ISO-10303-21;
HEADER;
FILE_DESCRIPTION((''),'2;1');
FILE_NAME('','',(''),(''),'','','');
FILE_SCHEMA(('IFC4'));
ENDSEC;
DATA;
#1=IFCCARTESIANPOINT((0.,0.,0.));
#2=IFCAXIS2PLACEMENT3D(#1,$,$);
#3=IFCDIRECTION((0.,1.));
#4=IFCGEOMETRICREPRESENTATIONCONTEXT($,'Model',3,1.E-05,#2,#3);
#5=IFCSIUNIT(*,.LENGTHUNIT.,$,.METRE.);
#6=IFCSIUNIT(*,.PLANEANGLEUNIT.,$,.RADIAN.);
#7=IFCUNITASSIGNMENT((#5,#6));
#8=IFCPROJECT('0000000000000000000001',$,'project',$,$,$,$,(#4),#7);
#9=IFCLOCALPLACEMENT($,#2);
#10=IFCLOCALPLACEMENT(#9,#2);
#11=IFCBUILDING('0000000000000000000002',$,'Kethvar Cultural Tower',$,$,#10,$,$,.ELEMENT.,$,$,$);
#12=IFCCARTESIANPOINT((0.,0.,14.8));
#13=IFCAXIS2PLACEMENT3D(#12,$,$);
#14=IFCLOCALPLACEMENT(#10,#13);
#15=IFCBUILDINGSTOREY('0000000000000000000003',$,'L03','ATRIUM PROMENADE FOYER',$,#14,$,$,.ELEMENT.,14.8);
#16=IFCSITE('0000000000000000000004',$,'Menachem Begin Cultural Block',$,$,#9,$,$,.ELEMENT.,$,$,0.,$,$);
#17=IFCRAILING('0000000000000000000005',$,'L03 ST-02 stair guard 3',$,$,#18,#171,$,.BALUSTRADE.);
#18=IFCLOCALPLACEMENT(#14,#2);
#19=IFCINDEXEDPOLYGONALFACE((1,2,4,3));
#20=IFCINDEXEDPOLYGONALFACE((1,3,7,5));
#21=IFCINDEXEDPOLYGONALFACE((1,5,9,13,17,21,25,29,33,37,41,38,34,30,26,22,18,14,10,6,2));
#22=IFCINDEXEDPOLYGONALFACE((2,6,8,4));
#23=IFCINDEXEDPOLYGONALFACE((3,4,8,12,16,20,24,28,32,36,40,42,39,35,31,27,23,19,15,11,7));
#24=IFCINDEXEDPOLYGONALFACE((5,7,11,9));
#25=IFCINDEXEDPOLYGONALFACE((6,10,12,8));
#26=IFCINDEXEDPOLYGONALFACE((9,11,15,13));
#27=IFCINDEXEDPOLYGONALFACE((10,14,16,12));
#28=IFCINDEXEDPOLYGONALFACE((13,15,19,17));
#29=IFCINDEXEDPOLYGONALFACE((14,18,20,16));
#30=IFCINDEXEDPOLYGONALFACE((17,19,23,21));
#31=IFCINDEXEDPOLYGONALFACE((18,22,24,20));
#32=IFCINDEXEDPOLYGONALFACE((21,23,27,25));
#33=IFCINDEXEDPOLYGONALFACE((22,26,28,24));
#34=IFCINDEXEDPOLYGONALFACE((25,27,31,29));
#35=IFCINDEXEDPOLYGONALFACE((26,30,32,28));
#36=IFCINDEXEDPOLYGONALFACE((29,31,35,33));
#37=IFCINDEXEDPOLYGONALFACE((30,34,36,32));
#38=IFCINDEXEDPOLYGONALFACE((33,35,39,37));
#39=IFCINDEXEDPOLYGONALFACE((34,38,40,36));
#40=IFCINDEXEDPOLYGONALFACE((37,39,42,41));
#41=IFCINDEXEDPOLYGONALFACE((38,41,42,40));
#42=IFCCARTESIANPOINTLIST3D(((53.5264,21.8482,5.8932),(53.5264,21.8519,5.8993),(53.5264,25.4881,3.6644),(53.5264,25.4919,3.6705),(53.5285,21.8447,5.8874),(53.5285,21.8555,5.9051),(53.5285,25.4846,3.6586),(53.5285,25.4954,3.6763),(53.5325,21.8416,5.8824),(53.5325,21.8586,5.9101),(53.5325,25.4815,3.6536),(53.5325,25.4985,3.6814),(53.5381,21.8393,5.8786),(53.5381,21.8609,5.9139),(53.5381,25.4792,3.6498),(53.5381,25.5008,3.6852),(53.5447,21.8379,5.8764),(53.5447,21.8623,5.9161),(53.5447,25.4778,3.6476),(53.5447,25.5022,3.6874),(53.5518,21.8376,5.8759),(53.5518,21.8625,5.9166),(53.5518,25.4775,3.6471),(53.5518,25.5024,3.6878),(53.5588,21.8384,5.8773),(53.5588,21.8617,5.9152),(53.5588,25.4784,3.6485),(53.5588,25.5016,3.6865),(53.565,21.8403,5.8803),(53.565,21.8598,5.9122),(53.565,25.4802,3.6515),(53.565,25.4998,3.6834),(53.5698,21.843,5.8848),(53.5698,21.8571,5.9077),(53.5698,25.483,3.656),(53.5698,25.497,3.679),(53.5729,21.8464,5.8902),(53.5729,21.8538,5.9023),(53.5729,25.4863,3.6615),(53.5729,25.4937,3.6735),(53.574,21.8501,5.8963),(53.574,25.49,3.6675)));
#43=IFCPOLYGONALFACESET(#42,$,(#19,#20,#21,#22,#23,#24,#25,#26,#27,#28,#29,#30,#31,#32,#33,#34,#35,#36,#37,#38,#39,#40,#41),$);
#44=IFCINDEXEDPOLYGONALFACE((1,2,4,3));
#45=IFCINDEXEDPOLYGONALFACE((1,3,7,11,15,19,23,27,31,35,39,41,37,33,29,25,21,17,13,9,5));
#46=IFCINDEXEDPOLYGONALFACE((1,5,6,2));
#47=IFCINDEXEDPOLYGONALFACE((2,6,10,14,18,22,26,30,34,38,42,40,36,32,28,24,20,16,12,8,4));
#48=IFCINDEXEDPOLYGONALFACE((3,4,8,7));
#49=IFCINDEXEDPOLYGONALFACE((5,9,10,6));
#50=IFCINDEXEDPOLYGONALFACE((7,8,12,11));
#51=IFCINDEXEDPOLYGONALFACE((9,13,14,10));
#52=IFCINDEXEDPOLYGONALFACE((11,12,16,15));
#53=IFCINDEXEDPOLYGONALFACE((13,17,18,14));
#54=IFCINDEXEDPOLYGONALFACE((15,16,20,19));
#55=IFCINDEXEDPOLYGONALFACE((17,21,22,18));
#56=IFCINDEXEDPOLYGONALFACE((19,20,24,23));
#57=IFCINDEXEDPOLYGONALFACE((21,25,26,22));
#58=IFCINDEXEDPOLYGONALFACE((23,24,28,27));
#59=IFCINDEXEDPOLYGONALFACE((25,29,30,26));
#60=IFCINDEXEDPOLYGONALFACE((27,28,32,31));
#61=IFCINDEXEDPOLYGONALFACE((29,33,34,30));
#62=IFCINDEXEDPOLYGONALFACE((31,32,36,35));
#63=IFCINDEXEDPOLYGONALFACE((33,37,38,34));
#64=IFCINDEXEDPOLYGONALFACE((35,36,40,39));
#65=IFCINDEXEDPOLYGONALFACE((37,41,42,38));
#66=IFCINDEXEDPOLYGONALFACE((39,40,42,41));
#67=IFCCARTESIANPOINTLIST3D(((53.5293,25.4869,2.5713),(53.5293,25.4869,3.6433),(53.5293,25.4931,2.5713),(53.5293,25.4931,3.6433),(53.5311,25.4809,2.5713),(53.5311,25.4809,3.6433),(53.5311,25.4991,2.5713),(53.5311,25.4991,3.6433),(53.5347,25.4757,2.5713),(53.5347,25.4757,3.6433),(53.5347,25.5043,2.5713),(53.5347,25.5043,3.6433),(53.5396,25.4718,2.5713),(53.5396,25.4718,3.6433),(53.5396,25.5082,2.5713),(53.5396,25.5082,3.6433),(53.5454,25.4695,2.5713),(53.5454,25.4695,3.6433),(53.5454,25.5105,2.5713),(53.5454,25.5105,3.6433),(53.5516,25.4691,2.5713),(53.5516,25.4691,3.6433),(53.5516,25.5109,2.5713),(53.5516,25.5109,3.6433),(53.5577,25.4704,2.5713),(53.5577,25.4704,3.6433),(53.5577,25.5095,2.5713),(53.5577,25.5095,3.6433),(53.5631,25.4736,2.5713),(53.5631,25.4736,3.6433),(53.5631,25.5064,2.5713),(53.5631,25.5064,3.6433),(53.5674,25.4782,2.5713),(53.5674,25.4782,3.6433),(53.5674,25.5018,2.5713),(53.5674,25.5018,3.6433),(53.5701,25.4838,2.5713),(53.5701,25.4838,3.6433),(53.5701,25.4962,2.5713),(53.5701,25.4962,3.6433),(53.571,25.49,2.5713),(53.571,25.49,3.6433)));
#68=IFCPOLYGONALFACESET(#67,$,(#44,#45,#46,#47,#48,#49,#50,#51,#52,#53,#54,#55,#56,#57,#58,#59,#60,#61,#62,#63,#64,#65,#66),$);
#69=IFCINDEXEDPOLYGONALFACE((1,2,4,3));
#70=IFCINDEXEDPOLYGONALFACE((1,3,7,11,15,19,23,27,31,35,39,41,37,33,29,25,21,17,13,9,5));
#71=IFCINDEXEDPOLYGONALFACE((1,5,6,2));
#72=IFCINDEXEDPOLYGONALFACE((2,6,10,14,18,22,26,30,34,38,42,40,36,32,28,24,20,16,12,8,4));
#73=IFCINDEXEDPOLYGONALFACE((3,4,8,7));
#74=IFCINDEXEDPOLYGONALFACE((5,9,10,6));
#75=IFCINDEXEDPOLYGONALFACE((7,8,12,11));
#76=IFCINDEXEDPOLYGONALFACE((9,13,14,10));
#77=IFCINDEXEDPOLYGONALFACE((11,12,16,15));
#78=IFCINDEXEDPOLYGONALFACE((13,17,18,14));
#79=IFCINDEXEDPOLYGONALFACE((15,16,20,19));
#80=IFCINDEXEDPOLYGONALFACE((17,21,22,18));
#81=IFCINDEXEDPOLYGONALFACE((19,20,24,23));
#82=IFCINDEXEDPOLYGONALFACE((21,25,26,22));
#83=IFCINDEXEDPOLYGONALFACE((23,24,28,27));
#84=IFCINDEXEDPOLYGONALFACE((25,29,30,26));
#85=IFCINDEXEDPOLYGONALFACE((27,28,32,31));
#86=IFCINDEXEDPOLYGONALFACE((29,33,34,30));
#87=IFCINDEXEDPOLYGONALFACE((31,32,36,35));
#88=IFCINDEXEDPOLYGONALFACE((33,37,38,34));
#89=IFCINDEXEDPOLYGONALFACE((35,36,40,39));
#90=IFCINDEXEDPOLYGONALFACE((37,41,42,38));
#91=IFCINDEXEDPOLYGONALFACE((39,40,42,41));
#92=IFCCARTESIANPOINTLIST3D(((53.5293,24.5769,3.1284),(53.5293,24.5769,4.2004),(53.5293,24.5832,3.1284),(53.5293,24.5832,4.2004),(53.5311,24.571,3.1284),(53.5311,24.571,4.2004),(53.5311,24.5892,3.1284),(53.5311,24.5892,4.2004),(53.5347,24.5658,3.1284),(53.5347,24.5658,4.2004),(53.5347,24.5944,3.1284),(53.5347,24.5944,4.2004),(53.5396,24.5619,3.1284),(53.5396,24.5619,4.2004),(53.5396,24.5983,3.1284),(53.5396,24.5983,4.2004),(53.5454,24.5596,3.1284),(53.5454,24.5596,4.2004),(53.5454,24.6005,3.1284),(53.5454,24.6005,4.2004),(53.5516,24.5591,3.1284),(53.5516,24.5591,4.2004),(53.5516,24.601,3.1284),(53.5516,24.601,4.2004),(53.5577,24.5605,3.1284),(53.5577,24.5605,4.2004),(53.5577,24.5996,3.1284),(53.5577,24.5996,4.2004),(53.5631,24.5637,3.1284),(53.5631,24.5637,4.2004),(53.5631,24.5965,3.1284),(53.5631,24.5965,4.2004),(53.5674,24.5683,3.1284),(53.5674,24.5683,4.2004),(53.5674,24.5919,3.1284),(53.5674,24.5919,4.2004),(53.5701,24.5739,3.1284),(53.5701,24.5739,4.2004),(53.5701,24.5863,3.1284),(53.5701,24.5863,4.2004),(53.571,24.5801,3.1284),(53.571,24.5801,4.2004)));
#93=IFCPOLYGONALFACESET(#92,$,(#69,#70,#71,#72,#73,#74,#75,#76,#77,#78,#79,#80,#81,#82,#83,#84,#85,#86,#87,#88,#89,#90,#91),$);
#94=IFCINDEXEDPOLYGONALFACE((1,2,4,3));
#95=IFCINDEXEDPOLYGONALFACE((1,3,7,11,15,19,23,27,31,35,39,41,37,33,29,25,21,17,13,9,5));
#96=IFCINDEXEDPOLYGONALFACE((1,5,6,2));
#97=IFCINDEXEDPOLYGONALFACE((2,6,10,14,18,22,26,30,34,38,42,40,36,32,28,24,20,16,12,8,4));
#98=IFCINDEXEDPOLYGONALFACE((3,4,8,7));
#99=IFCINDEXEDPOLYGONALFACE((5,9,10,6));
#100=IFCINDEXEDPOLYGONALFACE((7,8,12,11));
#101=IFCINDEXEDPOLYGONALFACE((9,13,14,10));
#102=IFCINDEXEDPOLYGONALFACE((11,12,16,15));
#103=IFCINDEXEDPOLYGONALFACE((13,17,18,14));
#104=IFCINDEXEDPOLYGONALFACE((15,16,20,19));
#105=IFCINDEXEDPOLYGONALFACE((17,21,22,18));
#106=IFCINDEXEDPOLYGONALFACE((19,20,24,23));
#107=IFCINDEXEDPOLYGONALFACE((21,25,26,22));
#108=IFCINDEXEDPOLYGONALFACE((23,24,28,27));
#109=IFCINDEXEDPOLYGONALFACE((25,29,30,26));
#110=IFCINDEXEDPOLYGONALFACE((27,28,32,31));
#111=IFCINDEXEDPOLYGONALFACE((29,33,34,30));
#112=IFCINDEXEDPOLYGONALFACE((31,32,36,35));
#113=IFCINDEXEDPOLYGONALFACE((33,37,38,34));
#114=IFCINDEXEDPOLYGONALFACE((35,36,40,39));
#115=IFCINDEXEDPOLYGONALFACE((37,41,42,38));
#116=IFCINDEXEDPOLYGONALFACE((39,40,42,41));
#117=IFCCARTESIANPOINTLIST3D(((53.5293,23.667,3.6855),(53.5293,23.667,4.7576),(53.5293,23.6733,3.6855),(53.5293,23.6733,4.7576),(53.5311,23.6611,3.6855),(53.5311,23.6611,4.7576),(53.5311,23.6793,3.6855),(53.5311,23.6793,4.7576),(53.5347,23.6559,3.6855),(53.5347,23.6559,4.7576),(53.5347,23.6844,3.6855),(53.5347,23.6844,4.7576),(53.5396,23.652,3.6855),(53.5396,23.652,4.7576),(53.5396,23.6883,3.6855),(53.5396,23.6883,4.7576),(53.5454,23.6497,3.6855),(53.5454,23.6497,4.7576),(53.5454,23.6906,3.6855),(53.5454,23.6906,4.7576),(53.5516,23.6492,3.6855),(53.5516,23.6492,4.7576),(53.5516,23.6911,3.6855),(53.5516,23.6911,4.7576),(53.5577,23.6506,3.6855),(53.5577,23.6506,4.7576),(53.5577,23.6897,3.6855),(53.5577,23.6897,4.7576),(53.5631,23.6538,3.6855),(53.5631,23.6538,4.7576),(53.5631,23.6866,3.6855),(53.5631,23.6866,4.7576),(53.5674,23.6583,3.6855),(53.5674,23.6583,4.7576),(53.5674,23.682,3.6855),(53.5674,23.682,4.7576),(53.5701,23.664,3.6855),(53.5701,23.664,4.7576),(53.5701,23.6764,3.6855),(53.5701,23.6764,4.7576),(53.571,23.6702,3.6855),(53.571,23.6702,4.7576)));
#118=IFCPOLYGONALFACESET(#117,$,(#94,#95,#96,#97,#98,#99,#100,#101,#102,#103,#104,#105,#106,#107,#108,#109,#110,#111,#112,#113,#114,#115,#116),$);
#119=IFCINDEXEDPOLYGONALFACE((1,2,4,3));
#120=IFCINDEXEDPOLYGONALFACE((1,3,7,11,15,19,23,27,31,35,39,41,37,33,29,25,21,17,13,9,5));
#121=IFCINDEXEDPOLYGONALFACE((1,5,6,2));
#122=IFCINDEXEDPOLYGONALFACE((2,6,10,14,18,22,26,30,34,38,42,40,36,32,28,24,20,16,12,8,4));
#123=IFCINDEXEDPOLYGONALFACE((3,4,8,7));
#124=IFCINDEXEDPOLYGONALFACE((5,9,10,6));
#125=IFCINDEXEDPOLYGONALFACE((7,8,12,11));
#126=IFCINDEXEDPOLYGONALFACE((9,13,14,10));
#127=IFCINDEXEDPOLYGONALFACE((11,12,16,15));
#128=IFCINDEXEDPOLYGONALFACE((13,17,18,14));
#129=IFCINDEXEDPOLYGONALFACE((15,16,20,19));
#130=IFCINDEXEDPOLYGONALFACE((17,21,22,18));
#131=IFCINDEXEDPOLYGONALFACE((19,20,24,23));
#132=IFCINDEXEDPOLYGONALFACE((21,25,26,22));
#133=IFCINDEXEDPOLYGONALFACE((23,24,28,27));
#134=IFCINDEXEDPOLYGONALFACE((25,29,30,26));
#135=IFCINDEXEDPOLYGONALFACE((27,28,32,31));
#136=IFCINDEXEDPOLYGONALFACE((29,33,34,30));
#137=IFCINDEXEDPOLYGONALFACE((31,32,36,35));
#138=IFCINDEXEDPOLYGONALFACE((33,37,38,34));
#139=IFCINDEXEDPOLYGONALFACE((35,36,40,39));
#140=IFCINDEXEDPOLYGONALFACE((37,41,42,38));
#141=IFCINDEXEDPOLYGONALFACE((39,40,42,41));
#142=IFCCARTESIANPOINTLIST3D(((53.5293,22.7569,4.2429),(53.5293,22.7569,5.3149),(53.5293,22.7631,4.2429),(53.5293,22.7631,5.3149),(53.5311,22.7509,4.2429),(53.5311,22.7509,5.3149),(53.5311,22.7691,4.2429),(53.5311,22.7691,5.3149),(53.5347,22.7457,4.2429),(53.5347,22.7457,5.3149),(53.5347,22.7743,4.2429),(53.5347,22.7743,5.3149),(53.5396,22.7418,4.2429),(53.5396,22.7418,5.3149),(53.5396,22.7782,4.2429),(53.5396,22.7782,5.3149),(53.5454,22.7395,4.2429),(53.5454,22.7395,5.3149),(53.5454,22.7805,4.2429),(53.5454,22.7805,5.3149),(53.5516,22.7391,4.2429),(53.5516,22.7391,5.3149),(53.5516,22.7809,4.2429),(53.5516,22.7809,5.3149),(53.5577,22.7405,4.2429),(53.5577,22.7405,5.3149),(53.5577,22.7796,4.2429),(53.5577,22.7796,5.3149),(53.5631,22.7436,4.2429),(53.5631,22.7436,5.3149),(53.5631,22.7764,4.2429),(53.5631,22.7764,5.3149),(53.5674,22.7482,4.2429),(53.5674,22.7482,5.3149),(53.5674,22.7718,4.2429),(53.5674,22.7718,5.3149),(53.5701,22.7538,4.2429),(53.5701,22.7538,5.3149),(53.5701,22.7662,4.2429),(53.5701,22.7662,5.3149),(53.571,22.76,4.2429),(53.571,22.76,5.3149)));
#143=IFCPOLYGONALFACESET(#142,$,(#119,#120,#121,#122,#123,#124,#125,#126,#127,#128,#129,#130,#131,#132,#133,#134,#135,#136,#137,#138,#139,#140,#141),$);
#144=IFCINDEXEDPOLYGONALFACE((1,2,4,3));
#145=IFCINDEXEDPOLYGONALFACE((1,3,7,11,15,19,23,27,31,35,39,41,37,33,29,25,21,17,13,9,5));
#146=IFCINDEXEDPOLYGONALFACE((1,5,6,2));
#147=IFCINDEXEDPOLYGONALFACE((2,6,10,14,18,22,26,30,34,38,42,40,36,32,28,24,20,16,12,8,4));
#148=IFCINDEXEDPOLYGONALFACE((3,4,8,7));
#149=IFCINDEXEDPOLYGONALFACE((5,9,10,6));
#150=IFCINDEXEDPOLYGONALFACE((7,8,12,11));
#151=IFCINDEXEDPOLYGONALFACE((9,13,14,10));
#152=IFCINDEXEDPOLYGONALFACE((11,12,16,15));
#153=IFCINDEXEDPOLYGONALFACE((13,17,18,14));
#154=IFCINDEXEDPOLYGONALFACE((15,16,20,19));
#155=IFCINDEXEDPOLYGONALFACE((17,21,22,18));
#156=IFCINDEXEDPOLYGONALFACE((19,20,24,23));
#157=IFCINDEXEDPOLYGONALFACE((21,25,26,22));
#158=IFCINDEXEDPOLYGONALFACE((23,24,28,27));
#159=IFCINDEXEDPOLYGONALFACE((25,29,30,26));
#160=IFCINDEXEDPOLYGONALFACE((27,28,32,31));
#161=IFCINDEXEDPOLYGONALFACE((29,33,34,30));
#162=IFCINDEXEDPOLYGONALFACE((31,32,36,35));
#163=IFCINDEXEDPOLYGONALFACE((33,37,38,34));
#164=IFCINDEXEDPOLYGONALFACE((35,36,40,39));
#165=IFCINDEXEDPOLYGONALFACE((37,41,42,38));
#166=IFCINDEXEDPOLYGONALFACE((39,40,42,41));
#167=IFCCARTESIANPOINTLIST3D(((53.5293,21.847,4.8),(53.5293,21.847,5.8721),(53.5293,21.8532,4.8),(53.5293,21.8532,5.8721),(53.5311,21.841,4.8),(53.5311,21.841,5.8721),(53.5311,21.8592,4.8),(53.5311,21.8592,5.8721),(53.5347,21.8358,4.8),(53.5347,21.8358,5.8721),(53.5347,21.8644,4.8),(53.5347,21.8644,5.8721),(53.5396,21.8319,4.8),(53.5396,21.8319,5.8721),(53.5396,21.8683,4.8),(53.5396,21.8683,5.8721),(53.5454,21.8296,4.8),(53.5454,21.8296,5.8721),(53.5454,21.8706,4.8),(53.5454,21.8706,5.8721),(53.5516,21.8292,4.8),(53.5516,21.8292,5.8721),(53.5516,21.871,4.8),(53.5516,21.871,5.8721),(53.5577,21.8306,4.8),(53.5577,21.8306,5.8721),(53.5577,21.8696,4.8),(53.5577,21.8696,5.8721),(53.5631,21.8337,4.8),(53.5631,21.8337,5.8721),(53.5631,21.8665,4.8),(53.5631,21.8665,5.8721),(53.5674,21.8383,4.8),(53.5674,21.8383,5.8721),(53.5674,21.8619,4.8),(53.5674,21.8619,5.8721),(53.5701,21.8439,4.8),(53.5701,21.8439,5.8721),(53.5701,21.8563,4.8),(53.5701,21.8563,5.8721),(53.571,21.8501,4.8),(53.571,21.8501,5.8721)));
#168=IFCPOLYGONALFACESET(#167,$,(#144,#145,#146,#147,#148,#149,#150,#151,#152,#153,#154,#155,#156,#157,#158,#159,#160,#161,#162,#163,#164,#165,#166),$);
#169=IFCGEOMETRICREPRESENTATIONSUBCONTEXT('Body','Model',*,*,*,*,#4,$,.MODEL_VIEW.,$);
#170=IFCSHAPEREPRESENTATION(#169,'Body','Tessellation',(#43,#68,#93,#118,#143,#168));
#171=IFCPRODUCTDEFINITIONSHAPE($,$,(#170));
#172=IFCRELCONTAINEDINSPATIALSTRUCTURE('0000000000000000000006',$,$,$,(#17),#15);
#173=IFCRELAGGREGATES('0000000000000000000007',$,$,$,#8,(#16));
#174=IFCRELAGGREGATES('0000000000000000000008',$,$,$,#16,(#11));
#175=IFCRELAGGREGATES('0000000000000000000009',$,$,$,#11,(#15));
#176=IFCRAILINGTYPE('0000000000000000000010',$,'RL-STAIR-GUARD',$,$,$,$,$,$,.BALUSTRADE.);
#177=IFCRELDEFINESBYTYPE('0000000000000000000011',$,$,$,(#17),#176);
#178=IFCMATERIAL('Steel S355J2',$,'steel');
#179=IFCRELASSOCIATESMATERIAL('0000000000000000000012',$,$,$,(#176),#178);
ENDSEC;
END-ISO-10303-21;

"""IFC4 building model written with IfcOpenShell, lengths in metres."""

from ifc_helpers import new_model, si_unit, direction, frame, origin, origin_2d, place, context, subcontext, project, spatial, circle, extrude, material, type_object, element, save


model = new_model("IFC4")

# Units and contexts
model_context = context("Model", 3, precision=1e-05, world=origin(), true_north=direction((0.0, 1.0)))
body_context = subcontext(model_context, "Body", "Model", "MODEL_VIEW")
ifc_project = project(units=[si_unit("LENGTHUNIT", "METRE"), si_unit("PLANEANGLEUNIT", "RADIAN")], contexts=[model_context])

# Site, building, storey
site_placement = place(None, origin())
site = spatial("IfcSite", under=ifc_project, at=site_placement, Name="Menachem Begin Cultural Block", CompositionType="ELEMENT", RefElevation=0.0)
building_placement = place(site_placement, origin())
building = spatial("IfcBuilding", under=site, at=building_placement, Name="Kethvar Cultural Tower", CompositionType="ELEMENT")
storey_placement = place(building_placement, frame((0.0, 0.0, 14.8)))
storey = spatial("IfcBuildingStorey", under=building, at=storey_placement, Name="L03", Description="ATRIUM PROMENADE FOYER", CompositionType="ELEMENT", Elevation=14.8)

# Shared definitions
ifc_material_1 = material(Name="Steel S355J2", Category="steel")

# Railing
railing_type_1 = type_object("IfcRailingType", Name="RL-STAIR-GUARD", PredefinedType="BALUSTRADE", material=ifc_material_1)
railing_1_placement = place(storey_placement, frame((53.55, 25.49, 2.5713)))
element("IfcRailing", 1, at=railing_1_placement, inside=storey, type_object=railing_type_1, Name="L03 ST-02 stair guard 3", PredefinedType="BALUSTRADE", context=body_context, shape_type="SweptSolid", body=[
    extrude(circle(Radius=0.0239, at=origin_2d()), frame((0.0, 0.0, 1.0962), z_axis=(0.0, -0.852825, 0.522197), x_axis=(1.0, 0.0, 0.0)), (0.0, 0.0, 1.0), 4.2681),
    extrude(circle(Radius=0.021, at=origin_2d()), origin(), (0.0, 0.0, 1.0), 1.072),
    extrude(circle(Radius=0.021, at=origin_2d()), frame((0.0, -0.9099, 0.5571)), (0.0, 0.0, 1.0), 1.072),
    extrude(circle(Radius=0.021, at=origin_2d()), frame((0.0, -1.8198, 1.1143)), (0.0, 0.0, 1.0), 1.072),
    extrude(circle(Radius=0.021, at=origin_2d()), frame((0.0, -2.73, 1.6716)), (0.0, 0.0, 1.0), 1.072),
    extrude(circle(Radius=0.021, at=origin_2d()), frame((0.0, -3.6399, 2.2288)), (0.0, 0.0, 1.0), 1.072),
])

save(model, "model.ifc")
